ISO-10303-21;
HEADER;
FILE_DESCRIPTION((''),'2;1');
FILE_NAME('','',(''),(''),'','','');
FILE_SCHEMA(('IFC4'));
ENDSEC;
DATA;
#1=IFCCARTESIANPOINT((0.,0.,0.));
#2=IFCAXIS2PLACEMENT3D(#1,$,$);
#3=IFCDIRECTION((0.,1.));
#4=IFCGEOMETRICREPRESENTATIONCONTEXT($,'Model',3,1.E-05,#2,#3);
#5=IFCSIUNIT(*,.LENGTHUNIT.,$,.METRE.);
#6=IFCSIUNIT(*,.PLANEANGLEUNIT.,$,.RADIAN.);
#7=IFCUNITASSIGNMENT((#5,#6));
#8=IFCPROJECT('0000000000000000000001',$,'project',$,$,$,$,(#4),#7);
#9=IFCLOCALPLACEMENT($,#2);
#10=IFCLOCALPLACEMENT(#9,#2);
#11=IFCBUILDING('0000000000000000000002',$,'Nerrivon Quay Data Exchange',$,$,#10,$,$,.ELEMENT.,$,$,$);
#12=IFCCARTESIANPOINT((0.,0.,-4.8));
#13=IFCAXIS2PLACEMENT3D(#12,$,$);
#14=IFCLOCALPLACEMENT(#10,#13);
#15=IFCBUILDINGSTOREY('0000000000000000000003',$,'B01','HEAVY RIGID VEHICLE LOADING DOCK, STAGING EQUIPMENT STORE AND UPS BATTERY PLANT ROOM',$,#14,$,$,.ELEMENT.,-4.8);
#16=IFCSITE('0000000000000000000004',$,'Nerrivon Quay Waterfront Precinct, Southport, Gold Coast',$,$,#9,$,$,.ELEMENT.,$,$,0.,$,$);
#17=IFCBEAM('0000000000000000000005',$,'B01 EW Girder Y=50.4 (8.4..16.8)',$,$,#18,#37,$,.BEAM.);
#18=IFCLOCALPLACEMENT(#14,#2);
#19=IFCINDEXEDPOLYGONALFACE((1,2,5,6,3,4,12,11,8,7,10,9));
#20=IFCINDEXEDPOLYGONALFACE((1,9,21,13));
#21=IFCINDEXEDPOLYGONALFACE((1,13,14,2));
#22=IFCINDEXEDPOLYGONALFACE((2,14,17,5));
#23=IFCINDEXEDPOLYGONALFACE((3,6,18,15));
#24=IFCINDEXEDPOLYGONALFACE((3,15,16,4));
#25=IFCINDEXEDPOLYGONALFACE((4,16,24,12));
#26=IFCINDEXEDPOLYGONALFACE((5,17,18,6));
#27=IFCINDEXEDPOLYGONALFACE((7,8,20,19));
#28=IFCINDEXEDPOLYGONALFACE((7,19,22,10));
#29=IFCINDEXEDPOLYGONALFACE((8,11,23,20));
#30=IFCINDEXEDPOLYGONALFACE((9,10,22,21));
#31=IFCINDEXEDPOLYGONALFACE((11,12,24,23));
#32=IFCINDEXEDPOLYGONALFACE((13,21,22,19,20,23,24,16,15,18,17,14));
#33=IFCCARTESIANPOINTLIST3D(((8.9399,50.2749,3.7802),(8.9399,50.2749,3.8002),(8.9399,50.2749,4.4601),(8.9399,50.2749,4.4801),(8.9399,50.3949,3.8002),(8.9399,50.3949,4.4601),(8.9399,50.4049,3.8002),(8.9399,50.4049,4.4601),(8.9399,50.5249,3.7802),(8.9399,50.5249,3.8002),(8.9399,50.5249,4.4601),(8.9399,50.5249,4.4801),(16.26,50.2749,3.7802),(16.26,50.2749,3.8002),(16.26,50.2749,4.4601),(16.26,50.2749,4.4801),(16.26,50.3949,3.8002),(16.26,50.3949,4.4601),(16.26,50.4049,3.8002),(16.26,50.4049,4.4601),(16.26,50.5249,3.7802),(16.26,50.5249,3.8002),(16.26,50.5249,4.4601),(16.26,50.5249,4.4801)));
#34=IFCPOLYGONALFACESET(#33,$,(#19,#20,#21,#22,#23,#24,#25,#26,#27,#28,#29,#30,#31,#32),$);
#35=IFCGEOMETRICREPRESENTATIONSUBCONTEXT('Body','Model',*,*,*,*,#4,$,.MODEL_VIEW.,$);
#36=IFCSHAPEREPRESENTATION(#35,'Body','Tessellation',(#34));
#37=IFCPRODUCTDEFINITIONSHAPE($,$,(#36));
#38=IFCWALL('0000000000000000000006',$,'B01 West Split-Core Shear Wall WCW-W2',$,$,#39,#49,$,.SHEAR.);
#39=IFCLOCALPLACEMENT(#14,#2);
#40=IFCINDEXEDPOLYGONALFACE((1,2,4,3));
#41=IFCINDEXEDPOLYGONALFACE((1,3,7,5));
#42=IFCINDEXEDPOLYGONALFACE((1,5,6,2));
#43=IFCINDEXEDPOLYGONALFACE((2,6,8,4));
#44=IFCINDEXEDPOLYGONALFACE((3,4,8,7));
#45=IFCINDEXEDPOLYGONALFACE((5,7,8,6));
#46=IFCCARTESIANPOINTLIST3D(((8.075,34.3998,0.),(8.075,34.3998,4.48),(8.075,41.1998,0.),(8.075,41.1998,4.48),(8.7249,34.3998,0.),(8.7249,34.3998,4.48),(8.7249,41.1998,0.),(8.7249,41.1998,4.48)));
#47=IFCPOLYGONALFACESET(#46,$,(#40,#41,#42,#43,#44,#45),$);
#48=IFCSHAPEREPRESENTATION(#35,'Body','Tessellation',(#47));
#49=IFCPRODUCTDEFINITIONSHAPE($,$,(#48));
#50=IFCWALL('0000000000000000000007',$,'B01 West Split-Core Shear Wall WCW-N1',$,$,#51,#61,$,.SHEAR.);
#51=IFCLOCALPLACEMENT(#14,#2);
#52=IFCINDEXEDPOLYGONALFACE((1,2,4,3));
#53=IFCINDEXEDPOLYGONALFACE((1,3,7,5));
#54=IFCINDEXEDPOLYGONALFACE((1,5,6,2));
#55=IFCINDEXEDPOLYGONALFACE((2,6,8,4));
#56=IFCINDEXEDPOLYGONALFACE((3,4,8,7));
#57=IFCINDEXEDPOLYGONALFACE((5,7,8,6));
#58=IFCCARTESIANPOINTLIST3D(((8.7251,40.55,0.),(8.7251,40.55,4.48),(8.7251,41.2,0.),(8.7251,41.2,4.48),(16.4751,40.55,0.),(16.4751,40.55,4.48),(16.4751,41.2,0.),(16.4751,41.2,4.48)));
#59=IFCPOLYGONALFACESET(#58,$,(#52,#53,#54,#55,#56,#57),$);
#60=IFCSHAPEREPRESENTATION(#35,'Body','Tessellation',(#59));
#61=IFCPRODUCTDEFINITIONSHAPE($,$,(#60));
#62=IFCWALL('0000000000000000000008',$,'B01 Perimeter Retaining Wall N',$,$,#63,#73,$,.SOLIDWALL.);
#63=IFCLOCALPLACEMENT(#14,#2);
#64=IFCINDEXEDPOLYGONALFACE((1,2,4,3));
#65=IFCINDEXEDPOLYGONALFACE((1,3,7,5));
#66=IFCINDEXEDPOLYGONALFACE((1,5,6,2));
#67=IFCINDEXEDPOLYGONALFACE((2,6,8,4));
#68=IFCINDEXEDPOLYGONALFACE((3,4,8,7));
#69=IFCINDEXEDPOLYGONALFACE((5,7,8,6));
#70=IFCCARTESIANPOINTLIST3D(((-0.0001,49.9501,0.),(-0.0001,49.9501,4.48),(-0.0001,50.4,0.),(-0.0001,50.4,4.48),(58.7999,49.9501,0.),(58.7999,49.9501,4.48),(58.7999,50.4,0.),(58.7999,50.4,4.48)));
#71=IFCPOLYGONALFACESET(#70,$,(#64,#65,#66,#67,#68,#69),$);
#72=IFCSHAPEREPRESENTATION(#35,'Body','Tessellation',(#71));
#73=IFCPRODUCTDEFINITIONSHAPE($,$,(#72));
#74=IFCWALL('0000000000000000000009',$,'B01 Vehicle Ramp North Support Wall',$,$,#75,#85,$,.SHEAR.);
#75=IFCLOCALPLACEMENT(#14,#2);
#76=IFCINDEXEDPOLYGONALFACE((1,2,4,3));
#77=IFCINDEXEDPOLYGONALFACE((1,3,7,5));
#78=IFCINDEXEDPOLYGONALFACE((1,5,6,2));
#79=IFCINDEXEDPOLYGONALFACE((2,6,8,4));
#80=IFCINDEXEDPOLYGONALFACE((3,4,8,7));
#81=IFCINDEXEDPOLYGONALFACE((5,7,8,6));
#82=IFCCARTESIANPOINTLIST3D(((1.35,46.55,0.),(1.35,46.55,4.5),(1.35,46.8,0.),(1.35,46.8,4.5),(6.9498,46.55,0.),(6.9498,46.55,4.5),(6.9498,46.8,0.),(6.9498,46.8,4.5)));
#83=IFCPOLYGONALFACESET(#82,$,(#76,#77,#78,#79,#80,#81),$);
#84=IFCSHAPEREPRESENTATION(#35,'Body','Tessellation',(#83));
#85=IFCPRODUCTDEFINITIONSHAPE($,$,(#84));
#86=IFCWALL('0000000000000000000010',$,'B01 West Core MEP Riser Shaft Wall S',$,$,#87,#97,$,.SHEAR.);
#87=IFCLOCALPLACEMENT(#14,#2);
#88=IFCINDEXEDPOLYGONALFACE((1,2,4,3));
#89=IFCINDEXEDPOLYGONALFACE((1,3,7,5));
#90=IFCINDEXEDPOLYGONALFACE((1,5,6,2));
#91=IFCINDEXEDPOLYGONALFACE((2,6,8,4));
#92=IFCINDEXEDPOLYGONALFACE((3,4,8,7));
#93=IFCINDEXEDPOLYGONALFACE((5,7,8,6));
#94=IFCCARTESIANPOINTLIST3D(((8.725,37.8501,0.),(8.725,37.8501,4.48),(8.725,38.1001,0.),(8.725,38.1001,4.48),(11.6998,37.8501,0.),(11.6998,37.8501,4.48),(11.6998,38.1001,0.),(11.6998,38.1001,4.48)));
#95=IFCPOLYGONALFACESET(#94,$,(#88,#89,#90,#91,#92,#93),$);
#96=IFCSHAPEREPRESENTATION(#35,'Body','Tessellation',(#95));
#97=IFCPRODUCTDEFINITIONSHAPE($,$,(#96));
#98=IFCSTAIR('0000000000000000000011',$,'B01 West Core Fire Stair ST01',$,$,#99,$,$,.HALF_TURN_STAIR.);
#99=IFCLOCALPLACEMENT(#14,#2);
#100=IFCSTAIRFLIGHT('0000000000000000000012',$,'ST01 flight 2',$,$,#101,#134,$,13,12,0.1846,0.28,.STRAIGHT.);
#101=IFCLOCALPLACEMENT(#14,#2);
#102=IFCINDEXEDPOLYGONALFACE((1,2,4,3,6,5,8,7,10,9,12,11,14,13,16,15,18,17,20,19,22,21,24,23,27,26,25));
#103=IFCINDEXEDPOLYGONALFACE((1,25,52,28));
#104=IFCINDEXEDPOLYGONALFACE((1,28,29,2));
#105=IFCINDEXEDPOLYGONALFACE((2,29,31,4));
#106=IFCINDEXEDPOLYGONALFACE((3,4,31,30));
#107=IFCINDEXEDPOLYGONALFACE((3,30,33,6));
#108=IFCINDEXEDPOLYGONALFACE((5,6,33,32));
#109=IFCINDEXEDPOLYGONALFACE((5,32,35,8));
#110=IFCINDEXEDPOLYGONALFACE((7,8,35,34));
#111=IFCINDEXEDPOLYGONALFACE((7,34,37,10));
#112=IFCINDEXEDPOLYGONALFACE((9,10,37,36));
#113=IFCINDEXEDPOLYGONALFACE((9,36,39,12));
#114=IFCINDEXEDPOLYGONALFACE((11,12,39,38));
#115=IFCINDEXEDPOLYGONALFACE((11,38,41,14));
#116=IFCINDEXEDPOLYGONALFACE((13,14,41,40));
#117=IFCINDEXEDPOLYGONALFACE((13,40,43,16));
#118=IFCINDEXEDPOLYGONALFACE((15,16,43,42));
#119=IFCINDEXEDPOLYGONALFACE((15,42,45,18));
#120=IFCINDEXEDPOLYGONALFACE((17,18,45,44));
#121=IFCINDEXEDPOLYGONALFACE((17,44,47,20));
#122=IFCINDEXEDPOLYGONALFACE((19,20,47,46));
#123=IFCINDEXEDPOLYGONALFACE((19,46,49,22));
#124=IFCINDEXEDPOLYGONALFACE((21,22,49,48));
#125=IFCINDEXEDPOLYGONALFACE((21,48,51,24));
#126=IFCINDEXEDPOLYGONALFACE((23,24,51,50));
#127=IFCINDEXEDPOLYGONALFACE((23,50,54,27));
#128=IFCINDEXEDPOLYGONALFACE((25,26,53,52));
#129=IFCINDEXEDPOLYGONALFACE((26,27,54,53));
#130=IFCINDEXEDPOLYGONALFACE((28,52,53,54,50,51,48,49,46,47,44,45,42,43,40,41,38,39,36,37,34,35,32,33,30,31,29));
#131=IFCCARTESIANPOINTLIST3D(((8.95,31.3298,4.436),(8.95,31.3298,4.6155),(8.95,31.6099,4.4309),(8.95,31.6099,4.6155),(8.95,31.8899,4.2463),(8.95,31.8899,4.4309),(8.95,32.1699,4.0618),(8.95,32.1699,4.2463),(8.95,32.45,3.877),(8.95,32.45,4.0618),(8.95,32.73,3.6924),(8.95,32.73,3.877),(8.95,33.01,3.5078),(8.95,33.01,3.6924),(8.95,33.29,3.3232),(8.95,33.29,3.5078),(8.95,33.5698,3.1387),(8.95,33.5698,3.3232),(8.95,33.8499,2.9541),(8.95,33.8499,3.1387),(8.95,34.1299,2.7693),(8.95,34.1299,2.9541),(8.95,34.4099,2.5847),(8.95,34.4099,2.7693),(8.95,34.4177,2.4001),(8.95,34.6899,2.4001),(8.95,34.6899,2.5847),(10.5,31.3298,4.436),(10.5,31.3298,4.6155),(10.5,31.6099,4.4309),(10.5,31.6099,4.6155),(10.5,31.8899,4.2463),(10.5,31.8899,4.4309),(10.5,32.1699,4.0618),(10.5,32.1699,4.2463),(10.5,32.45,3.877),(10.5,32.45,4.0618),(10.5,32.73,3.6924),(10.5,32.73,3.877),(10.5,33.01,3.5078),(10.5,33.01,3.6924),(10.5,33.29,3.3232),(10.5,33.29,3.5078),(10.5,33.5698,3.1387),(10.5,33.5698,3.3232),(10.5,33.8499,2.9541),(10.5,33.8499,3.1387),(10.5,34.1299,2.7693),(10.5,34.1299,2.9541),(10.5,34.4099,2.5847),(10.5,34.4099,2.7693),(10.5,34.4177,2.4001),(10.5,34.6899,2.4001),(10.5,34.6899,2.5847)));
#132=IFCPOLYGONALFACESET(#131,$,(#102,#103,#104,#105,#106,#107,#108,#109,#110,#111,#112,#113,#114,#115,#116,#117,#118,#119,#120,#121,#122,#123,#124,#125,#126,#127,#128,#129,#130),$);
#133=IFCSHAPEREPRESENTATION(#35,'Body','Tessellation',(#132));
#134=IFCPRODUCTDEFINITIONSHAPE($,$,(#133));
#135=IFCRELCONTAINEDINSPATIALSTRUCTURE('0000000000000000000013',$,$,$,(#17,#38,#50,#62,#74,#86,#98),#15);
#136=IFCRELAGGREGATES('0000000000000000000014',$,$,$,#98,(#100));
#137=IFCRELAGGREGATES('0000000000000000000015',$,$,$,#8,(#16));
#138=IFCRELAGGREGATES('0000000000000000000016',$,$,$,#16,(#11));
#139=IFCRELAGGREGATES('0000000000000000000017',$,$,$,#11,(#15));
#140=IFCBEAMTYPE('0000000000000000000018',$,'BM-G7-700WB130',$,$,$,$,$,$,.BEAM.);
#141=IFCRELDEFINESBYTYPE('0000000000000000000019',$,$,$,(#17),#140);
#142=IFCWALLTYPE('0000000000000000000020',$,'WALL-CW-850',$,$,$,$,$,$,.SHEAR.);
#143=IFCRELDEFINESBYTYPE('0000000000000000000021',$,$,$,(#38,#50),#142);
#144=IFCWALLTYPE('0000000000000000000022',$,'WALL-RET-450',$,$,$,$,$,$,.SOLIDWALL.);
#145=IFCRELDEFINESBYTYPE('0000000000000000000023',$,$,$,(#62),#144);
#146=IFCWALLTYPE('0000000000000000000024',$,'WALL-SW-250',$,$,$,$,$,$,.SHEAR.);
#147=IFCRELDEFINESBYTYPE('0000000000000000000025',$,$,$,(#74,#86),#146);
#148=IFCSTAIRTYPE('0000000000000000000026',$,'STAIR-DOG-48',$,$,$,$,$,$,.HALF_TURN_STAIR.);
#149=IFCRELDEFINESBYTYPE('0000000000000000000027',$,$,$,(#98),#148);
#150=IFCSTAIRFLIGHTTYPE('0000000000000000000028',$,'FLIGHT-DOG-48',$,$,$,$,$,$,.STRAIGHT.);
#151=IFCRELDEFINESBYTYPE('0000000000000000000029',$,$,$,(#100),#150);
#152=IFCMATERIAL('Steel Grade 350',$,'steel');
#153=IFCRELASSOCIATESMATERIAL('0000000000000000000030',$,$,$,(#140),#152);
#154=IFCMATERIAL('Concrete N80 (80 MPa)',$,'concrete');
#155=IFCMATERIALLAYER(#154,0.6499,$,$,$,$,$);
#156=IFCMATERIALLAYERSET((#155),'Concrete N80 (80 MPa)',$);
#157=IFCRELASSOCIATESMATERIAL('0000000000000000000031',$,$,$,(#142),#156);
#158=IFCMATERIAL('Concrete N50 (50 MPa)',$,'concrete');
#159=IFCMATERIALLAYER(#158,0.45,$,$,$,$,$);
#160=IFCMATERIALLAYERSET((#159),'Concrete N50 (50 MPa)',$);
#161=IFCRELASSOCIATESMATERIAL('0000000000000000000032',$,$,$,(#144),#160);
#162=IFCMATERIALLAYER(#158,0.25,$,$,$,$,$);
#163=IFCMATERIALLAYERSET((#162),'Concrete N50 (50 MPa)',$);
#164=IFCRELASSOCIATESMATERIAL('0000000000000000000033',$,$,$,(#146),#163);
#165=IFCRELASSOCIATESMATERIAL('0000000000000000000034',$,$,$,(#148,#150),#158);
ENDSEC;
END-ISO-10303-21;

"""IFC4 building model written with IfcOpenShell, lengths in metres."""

from ifc_helpers import new_model, si_unit, direction, frame, frame_2d, origin, origin_2d, place, context, subcontext, project, spatial, polyline, rectangle, i_section, outline, extrude, material, layer, layer_set, material_profile, profile_set, type_object, element, aggregate, save


model = new_model("IFC4")

# Units and contexts
model_context = context("Model", 3, precision=1e-05, world=origin(), true_north=direction((0.0, 1.0)))
body_context = subcontext(model_context, "Body", "Model", "MODEL_VIEW")
ifc_project = project(units=[si_unit("LENGTHUNIT", "METRE"), si_unit("PLANEANGLEUNIT", "RADIAN")], contexts=[model_context])

# Site, building, storey
site_placement = place(None, origin())
site = spatial("IfcSite", under=ifc_project, at=site_placement, Name="Nerrivon Quay Waterfront Precinct, Southport, Gold Coast", CompositionType="ELEMENT", RefElevation=0.0)
building_placement = place(site_placement, origin())
building = spatial("IfcBuilding", under=site, at=building_placement, Name="Nerrivon Quay Data Exchange", CompositionType="ELEMENT")
storey_placement = place(building_placement, frame((0.0, 0.0, -4.8)))
storey = spatial("IfcBuildingStorey", under=building, at=storey_placement, Name="B01", Description="HEAVY RIGID VEHICLE LOADING DOCK, STAGING EQUIPMENT STORE AND UPS BATTERY PLANT ROOM", CompositionType="ELEMENT", Elevation=-4.8)

# Shared definitions
ifc_material_1 = material(Name="Concrete N80 (80 MPa)", Category="concrete")

# Beam
ifc_material_2 = material(Name="Steel Grade 350", Category="steel")
ifc_material_profile_1 = material_profile(ifc_material_2, i_section(OverallWidth=0.25, OverallDepth=0.7, WebThickness=0.01, FlangeThickness=0.02, at=origin_2d()), Name="700WB130")
ifc_profile_set_1 = profile_set([ifc_material_profile_1], Name="Steel Grade 350")
beam_type_1 = type_object("IfcBeamType", Name="BM-G7-700WB130", PredefinedType="BEAM", material=ifc_profile_set_1)
for number, where, z_axis, x_axis, name in (
    (1, (8.9399, 50.3999, 4.1301), (1.0, 0.0, 0.0), (0.0, 1.0, 0.0), "B01 EW Girder Y=50.4 (8.4..16.8)"),
):
    element("IfcBeam", number, at=place(storey_placement, frame(where, z_axis=z_axis, x_axis=x_axis)), inside=storey, type_object=beam_type_1, Name=name, PredefinedType="BEAM", context=body_context, shape_type="SweptSolid", body=[
        extrude(i_section(OverallWidth=0.25, OverallDepth=0.7, WebThickness=0.01, FlangeThickness=0.02, at=origin_2d()), origin(), (0.0, 0.0, 1.0), 7.3201),
    ])

# Walls
ifc_layer_1 = layer(ifc_material_1, 0.6499)
ifc_layer_set_1 = layer_set([ifc_layer_1], Name="Concrete N80 (80 MPa)")
wall_type_1 = type_object("IfcWallType", Name="WALL-CW-850", PredefinedType="SHEAR", material=ifc_layer_set_1)
wall_1_placement = place(storey_placement, frame((8.3999, 34.3999, 0.0), z_axis=(0.0, 0.0, 1.0), x_axis=(0.0, 1.0, 0.0)))
element("IfcWall", 2, at=wall_1_placement, inside=storey, type_object=wall_type_1, Name="B01 West Split-Core Shear Wall WCW-W2", PredefinedType="SHEAR", context=body_context, shape_type="SweptSolid", body=[
    extrude(rectangle(XDim=6.8, YDim=0.6499, at=frame_2d((3.3999, 0.0))), origin(), (0.0, 0.0, 1.0), 4.48),
])
wall_2_placement = place(storey_placement, frame((8.7251, 40.875, 0.0), z_axis=(0.0, 0.0, 1.0), x_axis=(1.0, 0.0, 0.0)))
element("IfcWall", 3, at=wall_2_placement, inside=storey, type_object=wall_type_1, Name="B01 West Split-Core Shear Wall WCW-N1", PredefinedType="SHEAR", context=body_context, shape_type="SweptSolid", body=[
    extrude(rectangle(XDim=7.75, YDim=0.6499, at=frame_2d((3.875, 0.0))), origin(), (0.0, 0.0, 1.0), 4.48),
])
ifc_material_3 = material(Name="Concrete N50 (50 MPa)", Category="concrete")
ifc_layer_2 = layer(ifc_material_3, 0.45)
ifc_layer_set_2 = layer_set([ifc_layer_2], Name="Concrete N50 (50 MPa)")
wall_type_2 = type_object("IfcWallType", Name="WALL-RET-450", PredefinedType="SOLIDWALL", material=ifc_layer_set_2)
wall_3_placement = place(storey_placement, frame((0.0, 50.175, 0.0), z_axis=(0.0, 0.0, 1.0), x_axis=(1.0, 0.0, 0.0)))
element("IfcWall", 4, at=wall_3_placement, inside=storey, type_object=wall_type_2, Name="B01 Perimeter Retaining Wall N", PredefinedType="SOLIDWALL", context=body_context, shape_type="SweptSolid", body=[
    extrude(rectangle(XDim=58.8, YDim=0.45, at=frame_2d((29.3999, 0.0))), origin(), (0.0, 0.0, 1.0), 4.48),
])
ifc_layer_3 = layer(ifc_material_3, 0.25)
ifc_layer_set_3 = layer_set([ifc_layer_3], Name="Concrete N50 (50 MPa)")
wall_type_3 = type_object("IfcWallType", Name="WALL-SW-250", PredefinedType="SHEAR", material=ifc_layer_set_3)
wall_4_placement = place(storey_placement, frame((1.3501, 46.675, 0.0), z_axis=(0.0, 0.0, 1.0), x_axis=(1.0, 0.0, 0.0)))
element("IfcWall", 5, at=wall_4_placement, inside=storey, type_object=wall_type_3, Name="B01 Vehicle Ramp North Support Wall", PredefinedType="SHEAR", context=body_context, shape_type="SweptSolid", body=[
    extrude(rectangle(XDim=5.5999, YDim=0.25, at=frame_2d((2.7998, 0.0))), origin(), (0.0, 0.0, 1.0), 4.5),
])
wall_5_placement = place(storey_placement, frame((8.7251, 37.9751, 0.0), z_axis=(0.0, 0.0, 1.0), x_axis=(1.0, 0.0, 0.0)))
element("IfcWall", 6, at=wall_5_placement, inside=storey, type_object=wall_type_3, Name="B01 West Core MEP Riser Shaft Wall S", PredefinedType="SHEAR", context=body_context, shape_type="SweptSolid", body=[
    extrude(rectangle(XDim=2.9749, YDim=0.25, at=frame_2d((1.4873, 0.0))), origin(), (0.0, 0.0, 1.0), 4.48),
])

# Stair, stair flight
stair_type = type_object("IfcStairType", Name="STAIR-DOG-48", PredefinedType="HALF_TURN_STAIR", material=ifc_material_3)
stair_placement = place(storey_placement, origin())
stair = element("IfcStair", 7, at=stair_placement, inside=storey, type_object=stair_type, Name="B01 West Core Fire Stair ST01", PredefinedType="HALF_TURN_STAIR")
stair_flight_type = type_object("IfcStairFlightType", Name="FLIGHT-DOG-48", PredefinedType="STRAIGHT", material=ifc_material_3)
stair_flight_placement = place(storey_placement, frame((9.7251, 34.6899, 2.4001), z_axis=(0.0, 0.0, 1.0), x_axis=(0.0, -1.0, 0.0)))
stair_flight = element("IfcStairFlight", 8, at=stair_flight_placement, type_object=stair_flight_type, Name="ST01 flight 2", NumberOfRisers=13, NumberOfTreads=12, PredefinedType="STRAIGHT", RiserHeight=0.1846, TreadLength=0.28, context=body_context, shape_type="SweptSolid", body=[
    extrude(outline(polyline([(0.0, 0.0), (0.0, 0.1846), (0.28, 0.1846), (0.28, 0.3691), (0.5601, 0.3691), (0.5601, 0.554), (0.8401, 0.554), (0.8401, 0.7385), (1.1201, 0.7385), (1.1201, 0.9231), (1.3999, 0.9231), (1.3999, 1.1077), (1.6799, 1.1077), (1.6799, 1.2922), (1.96, 1.2922), (1.96, 1.4768), (2.24, 1.4768), (2.24, 1.6616), (2.52, 1.6616), (2.52, 1.8462), (2.8, 1.8462), (2.8, 2.0308), (3.0801, 2.0308), (3.0801, 2.2153), (3.3601, 2.2153), (3.3601, 2.3999), (3.3601, 2.0359), (0.2722, 0.0), (0.0, 0.0)])), frame((0.0, 0.7749, 0.0), z_axis=(0.0, -1.0, 0.0), x_axis=(1.0, 0.0, 0.0)), (0.0, 0.0, 1.0), 1.55),
])
aggregate(stair, [stair_flight])

save(model, "model.ifc")
